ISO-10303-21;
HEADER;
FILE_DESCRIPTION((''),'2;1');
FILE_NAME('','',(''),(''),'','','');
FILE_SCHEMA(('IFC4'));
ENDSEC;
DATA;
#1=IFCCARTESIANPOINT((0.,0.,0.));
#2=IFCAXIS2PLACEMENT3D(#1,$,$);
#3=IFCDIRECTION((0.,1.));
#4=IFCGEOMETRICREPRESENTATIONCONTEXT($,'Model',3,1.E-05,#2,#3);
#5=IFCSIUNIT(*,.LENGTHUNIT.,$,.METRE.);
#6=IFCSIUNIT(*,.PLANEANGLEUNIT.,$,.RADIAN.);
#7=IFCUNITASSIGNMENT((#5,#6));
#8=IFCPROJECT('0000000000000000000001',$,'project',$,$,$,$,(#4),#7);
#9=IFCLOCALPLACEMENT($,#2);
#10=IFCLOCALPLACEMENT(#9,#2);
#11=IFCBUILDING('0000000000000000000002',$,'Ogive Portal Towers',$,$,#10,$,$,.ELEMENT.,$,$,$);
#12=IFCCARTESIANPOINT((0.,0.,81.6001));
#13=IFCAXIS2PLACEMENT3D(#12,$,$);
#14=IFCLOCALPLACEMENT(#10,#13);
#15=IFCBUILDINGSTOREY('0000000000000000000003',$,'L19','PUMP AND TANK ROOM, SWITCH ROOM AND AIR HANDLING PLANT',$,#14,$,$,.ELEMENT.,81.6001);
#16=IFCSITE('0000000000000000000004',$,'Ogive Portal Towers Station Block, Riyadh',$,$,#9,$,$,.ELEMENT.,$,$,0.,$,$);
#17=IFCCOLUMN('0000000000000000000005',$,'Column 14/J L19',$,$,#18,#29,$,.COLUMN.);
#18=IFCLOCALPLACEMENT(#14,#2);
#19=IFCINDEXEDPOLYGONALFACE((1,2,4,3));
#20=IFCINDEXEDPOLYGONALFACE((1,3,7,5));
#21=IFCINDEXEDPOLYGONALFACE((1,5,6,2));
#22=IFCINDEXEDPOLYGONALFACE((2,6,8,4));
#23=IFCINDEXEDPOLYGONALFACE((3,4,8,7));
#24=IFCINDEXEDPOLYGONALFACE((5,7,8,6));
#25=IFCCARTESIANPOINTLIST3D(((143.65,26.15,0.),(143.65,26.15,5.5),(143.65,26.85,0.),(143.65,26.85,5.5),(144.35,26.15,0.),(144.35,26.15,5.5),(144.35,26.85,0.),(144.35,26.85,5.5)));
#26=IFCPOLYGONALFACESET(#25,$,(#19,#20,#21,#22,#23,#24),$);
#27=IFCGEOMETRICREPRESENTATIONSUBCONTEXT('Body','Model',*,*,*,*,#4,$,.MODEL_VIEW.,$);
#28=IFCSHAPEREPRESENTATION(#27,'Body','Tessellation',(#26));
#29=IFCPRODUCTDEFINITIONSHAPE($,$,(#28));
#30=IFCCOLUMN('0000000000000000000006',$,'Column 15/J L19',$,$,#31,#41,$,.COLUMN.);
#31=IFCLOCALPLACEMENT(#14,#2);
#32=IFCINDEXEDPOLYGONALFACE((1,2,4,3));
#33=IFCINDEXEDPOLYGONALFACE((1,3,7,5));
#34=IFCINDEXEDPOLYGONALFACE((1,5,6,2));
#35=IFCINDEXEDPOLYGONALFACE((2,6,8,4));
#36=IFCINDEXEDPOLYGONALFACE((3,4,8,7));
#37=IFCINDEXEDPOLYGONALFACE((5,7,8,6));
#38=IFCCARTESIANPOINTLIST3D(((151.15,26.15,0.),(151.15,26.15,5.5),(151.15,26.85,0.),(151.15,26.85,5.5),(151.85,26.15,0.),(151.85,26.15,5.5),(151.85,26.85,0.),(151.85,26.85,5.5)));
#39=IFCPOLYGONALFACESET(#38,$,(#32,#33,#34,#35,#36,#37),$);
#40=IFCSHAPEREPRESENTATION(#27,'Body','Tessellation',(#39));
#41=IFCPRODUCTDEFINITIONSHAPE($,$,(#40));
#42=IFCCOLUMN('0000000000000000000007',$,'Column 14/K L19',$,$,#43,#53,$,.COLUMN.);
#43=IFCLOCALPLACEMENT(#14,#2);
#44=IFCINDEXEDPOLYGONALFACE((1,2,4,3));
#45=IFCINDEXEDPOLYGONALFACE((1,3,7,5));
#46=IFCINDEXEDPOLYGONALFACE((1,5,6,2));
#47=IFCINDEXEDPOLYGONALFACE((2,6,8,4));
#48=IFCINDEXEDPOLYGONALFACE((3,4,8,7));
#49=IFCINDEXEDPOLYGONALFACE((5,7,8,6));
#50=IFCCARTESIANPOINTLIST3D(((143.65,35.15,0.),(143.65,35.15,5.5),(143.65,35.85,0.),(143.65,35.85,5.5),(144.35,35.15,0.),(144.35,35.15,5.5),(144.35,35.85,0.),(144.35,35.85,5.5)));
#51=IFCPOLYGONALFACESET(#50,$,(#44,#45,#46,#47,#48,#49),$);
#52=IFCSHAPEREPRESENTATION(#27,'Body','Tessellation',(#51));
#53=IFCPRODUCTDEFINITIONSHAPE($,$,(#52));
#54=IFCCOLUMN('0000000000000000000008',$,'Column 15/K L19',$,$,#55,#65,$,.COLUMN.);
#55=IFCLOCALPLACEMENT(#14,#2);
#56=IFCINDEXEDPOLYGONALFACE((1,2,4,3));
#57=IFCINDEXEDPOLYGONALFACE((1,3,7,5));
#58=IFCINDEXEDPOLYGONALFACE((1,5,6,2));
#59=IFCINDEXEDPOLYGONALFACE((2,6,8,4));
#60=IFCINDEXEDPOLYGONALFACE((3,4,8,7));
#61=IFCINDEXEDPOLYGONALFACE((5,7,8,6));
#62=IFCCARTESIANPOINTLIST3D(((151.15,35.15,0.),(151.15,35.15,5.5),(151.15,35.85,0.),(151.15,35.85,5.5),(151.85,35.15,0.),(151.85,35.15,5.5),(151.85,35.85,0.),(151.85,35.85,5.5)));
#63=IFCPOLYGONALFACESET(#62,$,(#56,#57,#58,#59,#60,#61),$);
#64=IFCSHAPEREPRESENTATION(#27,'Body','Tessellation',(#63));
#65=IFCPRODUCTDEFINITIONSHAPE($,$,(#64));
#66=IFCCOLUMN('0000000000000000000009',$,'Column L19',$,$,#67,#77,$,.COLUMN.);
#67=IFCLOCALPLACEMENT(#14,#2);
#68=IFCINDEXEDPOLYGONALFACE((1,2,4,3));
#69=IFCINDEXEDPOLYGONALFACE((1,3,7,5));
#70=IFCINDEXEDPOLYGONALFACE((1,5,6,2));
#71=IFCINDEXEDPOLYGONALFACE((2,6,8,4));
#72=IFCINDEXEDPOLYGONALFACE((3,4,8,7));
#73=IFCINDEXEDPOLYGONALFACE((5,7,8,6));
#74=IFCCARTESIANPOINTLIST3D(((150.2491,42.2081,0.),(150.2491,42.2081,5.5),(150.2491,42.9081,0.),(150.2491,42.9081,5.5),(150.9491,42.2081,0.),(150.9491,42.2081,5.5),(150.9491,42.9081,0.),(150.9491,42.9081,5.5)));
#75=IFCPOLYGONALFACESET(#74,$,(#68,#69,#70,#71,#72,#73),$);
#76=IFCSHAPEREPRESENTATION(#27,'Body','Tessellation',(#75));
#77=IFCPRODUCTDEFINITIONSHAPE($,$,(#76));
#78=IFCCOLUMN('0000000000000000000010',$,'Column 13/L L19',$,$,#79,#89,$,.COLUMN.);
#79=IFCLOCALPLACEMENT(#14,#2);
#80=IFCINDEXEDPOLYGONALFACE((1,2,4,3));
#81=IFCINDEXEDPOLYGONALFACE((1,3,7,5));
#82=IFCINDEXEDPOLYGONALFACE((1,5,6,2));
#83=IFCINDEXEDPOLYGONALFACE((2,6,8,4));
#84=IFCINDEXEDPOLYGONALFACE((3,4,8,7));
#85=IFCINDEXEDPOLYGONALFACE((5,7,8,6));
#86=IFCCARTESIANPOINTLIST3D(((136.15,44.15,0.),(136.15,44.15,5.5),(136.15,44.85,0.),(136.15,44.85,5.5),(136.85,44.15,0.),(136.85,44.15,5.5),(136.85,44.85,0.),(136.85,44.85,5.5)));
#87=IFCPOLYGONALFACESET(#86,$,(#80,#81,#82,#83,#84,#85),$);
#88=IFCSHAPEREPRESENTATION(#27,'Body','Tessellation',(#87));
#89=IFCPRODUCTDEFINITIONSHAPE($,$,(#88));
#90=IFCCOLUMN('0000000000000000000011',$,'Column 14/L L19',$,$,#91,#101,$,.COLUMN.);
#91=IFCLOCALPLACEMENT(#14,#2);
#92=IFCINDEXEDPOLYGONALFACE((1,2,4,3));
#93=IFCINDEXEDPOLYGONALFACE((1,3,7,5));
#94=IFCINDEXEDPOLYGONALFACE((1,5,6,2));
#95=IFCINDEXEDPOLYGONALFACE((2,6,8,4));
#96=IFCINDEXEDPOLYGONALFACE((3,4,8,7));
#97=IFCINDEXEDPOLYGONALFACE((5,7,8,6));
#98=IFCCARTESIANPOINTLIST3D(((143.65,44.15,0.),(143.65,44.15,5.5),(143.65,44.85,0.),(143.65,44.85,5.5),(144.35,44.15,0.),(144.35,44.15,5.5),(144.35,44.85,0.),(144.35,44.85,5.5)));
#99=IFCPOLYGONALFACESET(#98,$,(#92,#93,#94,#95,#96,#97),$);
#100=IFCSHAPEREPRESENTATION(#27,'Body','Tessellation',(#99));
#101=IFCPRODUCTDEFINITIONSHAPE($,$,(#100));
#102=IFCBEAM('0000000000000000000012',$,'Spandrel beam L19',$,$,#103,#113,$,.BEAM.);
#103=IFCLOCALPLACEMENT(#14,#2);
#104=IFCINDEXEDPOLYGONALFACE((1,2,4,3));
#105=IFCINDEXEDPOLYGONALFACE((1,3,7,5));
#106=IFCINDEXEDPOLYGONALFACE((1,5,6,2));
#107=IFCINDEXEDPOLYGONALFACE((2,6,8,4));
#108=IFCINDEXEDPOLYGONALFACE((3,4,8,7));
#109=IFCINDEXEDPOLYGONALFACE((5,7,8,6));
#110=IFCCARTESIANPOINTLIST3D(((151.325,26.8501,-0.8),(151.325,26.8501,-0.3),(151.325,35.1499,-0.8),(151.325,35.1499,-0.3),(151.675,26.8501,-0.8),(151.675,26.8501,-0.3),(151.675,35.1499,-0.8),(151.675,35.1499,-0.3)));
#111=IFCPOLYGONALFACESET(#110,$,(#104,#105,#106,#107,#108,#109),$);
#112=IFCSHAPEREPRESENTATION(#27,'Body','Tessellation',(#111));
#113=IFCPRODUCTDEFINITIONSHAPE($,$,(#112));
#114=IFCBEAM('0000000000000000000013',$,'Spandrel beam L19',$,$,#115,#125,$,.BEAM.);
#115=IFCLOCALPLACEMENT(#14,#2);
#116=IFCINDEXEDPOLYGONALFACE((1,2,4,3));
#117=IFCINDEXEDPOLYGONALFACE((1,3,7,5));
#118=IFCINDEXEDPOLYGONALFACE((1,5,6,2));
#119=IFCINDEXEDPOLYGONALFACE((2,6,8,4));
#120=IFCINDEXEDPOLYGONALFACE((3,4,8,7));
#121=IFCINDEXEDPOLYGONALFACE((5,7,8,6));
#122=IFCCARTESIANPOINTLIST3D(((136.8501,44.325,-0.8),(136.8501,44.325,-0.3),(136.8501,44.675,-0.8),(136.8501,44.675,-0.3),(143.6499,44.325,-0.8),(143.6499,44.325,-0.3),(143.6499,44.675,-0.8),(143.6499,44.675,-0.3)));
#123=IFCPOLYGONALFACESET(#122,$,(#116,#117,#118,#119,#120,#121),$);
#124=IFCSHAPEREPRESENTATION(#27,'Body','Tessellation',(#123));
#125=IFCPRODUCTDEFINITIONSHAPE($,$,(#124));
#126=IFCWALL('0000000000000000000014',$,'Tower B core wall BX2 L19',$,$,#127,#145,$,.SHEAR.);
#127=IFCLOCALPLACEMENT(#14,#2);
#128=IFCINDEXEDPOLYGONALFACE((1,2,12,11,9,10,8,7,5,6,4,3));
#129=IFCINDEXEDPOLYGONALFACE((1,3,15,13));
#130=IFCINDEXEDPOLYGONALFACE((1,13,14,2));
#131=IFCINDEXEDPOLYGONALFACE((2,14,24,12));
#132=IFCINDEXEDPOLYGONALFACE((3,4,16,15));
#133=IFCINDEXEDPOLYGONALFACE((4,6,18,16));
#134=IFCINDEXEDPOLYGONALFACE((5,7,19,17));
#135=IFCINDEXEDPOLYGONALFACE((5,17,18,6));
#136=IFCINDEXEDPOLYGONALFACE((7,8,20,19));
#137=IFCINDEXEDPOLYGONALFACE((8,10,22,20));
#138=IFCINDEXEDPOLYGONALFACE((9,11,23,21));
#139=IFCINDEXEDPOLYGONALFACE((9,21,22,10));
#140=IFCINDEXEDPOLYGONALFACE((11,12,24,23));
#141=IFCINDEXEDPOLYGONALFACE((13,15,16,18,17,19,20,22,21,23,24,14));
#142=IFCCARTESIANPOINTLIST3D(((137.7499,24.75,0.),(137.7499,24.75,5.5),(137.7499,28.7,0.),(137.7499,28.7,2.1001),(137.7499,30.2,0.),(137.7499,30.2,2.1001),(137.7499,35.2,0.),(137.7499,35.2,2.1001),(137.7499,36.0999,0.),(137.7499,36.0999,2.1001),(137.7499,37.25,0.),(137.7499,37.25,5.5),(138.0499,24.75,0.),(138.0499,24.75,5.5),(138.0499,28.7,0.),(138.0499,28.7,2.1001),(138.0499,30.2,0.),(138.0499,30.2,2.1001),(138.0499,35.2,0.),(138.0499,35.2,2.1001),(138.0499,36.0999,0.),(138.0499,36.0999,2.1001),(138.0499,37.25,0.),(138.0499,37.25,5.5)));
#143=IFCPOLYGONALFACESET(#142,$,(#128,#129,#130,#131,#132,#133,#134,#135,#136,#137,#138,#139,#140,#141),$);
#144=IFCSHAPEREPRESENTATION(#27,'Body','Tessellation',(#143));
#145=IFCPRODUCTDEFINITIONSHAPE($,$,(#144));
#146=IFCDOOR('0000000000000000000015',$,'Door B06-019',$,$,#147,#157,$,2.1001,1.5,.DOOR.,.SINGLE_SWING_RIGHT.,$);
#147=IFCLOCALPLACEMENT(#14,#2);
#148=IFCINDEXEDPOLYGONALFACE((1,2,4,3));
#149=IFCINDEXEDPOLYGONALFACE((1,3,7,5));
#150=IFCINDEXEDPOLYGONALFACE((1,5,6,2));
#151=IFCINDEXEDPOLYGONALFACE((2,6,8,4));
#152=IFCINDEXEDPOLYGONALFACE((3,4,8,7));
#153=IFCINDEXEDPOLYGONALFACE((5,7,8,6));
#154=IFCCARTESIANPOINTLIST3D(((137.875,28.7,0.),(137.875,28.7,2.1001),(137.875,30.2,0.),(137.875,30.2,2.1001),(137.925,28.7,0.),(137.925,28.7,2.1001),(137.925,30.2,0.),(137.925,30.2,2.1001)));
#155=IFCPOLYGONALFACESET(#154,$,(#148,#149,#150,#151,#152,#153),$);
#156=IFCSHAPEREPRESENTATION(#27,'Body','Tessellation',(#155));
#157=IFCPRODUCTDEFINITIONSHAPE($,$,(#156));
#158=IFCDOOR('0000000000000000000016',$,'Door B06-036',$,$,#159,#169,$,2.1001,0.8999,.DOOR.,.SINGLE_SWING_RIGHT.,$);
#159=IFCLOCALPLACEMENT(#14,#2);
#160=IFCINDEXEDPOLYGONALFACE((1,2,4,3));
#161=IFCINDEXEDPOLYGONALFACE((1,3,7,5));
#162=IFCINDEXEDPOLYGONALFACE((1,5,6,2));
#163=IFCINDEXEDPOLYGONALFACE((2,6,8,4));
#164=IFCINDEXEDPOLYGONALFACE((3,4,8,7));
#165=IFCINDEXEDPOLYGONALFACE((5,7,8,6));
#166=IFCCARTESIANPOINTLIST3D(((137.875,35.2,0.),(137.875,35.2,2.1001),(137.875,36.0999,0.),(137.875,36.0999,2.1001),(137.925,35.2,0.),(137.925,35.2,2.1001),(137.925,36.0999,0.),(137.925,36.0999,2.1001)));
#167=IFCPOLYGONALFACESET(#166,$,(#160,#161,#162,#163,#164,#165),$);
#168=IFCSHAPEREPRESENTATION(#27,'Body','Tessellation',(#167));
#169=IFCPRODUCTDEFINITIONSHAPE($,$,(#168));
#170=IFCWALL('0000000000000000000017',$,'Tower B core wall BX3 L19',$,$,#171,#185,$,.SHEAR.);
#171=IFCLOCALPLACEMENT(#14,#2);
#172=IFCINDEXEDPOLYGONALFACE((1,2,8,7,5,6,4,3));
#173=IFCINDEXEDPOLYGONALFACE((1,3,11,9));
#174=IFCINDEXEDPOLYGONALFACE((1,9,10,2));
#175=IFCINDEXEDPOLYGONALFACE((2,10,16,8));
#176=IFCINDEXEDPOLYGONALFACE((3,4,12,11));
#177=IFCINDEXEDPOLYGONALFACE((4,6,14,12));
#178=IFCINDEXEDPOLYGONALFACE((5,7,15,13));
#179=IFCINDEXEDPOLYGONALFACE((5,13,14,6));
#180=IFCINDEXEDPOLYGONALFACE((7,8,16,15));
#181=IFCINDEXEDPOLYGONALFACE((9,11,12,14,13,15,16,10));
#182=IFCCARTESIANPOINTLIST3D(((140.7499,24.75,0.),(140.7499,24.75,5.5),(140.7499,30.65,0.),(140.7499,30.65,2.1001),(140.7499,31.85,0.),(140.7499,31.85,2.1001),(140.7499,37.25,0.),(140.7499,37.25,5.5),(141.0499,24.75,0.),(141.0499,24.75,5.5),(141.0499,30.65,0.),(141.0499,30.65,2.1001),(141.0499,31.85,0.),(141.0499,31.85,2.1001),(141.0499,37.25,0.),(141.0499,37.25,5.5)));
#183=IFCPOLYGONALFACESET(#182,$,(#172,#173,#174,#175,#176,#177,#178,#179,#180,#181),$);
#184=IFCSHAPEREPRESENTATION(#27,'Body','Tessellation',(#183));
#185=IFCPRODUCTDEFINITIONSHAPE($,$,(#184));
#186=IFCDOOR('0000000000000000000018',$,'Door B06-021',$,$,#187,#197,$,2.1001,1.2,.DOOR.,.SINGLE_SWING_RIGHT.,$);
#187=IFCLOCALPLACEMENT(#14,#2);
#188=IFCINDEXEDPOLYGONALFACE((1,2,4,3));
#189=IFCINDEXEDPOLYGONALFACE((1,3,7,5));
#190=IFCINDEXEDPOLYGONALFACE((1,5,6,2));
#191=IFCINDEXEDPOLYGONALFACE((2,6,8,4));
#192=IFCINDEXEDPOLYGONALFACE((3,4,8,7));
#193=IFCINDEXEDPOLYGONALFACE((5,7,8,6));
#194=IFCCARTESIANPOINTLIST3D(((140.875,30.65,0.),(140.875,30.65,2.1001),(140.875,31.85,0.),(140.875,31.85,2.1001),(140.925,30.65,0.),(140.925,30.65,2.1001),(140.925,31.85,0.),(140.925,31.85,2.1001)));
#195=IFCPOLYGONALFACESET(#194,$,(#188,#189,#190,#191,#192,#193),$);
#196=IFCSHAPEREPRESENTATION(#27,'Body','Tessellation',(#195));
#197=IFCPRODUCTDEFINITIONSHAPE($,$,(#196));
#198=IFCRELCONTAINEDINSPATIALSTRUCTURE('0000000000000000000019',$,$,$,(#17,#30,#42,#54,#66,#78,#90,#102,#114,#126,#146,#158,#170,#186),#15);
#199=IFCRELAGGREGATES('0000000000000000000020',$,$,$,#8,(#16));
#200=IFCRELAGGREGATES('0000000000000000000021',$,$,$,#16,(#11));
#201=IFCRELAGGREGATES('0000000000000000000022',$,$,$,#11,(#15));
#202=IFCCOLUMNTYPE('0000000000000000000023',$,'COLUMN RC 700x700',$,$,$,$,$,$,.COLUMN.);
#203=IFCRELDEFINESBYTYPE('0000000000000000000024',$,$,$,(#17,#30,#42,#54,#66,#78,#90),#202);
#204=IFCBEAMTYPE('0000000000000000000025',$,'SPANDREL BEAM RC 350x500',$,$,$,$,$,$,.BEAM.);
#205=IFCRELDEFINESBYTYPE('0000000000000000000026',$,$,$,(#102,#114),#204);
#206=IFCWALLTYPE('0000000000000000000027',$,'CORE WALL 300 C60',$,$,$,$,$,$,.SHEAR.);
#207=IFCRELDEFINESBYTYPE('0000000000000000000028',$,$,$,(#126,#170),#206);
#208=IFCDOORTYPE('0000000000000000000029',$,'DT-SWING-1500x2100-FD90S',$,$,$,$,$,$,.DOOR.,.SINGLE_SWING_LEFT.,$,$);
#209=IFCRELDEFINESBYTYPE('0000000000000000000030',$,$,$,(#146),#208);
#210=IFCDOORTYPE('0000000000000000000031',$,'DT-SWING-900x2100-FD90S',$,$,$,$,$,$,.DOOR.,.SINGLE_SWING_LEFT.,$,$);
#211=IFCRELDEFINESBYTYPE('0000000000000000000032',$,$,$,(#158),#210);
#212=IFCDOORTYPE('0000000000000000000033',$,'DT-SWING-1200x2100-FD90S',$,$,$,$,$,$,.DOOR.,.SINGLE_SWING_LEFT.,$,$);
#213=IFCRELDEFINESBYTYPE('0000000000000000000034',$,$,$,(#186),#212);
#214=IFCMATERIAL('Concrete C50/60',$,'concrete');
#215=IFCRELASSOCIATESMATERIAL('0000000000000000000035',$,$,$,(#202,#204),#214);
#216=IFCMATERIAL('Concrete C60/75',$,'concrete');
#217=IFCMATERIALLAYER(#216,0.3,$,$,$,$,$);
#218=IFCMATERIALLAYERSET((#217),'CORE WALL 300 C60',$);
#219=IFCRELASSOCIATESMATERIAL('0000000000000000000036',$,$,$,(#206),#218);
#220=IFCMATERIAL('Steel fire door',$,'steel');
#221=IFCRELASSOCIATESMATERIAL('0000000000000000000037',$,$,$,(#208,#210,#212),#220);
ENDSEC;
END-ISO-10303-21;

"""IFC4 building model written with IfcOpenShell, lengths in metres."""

from ifc_helpers import new_model, si_unit, direction, frame, frame_2d, origin, origin_2d, place, context, subcontext, project, spatial, rectangle, extrude, material, layer, layer_set, material_profile, profile_set, type_object, element, fill, save


model = new_model("IFC4")

# Units and contexts
model_context = context("Model", 3, precision=1e-05, world=origin(), true_north=direction((0.0, 1.0)))
body_context = subcontext(model_context, "Body", "Model", "MODEL_VIEW")
ifc_project = project(units=[si_unit("LENGTHUNIT", "METRE"), si_unit("PLANEANGLEUNIT", "RADIAN")], contexts=[model_context])

# Site, building, storey
site_placement = place(None, origin())
site = spatial("IfcSite", under=ifc_project, at=site_placement, Name="Ogive Portal Towers Station Block, Riyadh", CompositionType="ELEMENT", RefElevation=0.0)
building_placement = place(site_placement, origin())
building = spatial("IfcBuilding", under=site, at=building_placement, Name="Ogive Portal Towers", CompositionType="ELEMENT")
storey_placement = place(building_placement, frame((0.0, 0.0, 81.6001)))
storey = spatial("IfcBuildingStorey", under=building, at=storey_placement, Name="L19", Description="PUMP AND TANK ROOM, SWITCH ROOM AND AIR HANDLING PLANT", CompositionType="ELEMENT", Elevation=81.6001)

# Columns
ifc_material_1 = material(Name="Concrete C50/60", Category="concrete")
ifc_material_profile_1 = material_profile(ifc_material_1, rectangle(XDim=0.7, YDim=0.7, at=origin_2d()), Name="RC 700x700")
ifc_profile_set_1 = profile_set([ifc_material_profile_1], Name="Concrete C50/60")
column_type = type_object("IfcColumnType", Name="COLUMN RC 700x700", PredefinedType="COLUMN", material=ifc_profile_set_1)
for number, where, z_axis, x_axis, name in (
    (1, (144.0, 26.5, 0.0), (0.0, 0.0, 1.0), (1.0, 0.0, 0.0), "Column 14/J L19"),
    (2, (151.5, 26.5, 0.0), (0.0, 0.0, 1.0), (1.0, 0.0, 0.0), "Column 15/J L19"),
    (3, (144.0, 35.5, 0.0), (0.0, 0.0, 1.0), (1.0, 0.0, 0.0), "Column 14/K L19"),
    (4, (151.5, 35.5, 0.0), (0.0, 0.0, 1.0), (1.0, 0.0, 0.0), "Column 15/K L19"),
    (5, (150.5991, 42.5581, 0.0), (0.0, 0.0, 1.0), (1.0, 0.0, 0.0), "Column L19"),
    (6, (136.5, 44.5, 0.0), (0.0, 0.0, 1.0), (1.0, 0.0, 0.0), "Column 13/L L19"),
    (7, (144.0, 44.5, 0.0), (0.0, 0.0, 1.0), (1.0, 0.0, 0.0), "Column 14/L L19"),
):
    element("IfcColumn", number, at=place(storey_placement, frame(where, z_axis=z_axis, x_axis=x_axis)), inside=storey, type_object=column_type, Name=name, PredefinedType="COLUMN", context=body_context, shape_type="SweptSolid", body=[
        extrude(rectangle(XDim=0.7, YDim=0.7, at=origin_2d()), origin(), (0.0, 0.0, 1.0), 5.5),
    ])

# Beams
ifc_material_profile_2 = material_profile(ifc_material_1, rectangle(XDim=0.3501, YDim=0.5, at=origin_2d()), Name="RC 350x500")
ifc_profile_set_2 = profile_set([ifc_material_profile_2], Name="Concrete C50/60")
beam_type = type_object("IfcBeamType", Name="SPANDREL BEAM RC 350x500", PredefinedType="BEAM", material=ifc_profile_set_2)
beam_1_placement = place(storey_placement, frame((151.5, 26.8501, -0.55), z_axis=(0.0, 1.0, 0.0), x_axis=(-1.0, 0.0, 0.0)))
element("IfcBeam", 8, at=beam_1_placement, inside=storey, type_object=beam_type, Name="Spandrel beam L19", PredefinedType="BEAM", context=body_context, shape_type="SweptSolid", body=[
    extrude(rectangle(XDim=0.3501, YDim=0.5, at=origin_2d()), origin(), (0.0, 0.0, 1.0), 8.2998),
])
beam_2_placement = place(storey_placement, frame((143.6499, 44.5, -0.55), z_axis=(-1.0, 0.0, 0.0), x_axis=(0.0, -1.0, 0.0)))
element("IfcBeam", 9, at=beam_2_placement, inside=storey, type_object=beam_type, Name="Spandrel beam L19", PredefinedType="BEAM", context=body_context, shape_type="SweptSolid", body=[
    extrude(rectangle(XDim=0.3501, YDim=0.5, at=origin_2d()), origin(), (0.0, 0.0, 1.0), 6.7998),
])

# Wall, openings, doors
ifc_material_2 = material(Name="Concrete C60/75", Category="concrete")
ifc_layer_1 = layer(ifc_material_2, 0.3)
ifc_layer_set_1 = layer_set([ifc_layer_1], Name="CORE WALL 300 C60")
wall_type_1 = type_object("IfcWallType", Name="CORE WALL 300 C60", PredefinedType="SHEAR", material=ifc_layer_set_1)
wall_1_placement = place(storey_placement, frame((137.8999, 24.75, 0.0), z_axis=(0.0, 0.0, 1.0), x_axis=(0.0, 1.0, 0.0)))
wall_1 = element("IfcWall", 10, at=wall_1_placement, inside=storey, type_object=wall_type_1, Name="Tower B core wall BX2 L19", PredefinedType="SHEAR", context=body_context, shape_type="SweptSolid", body=[
    extrude(rectangle(XDim=12.5, YDim=0.3, at=frame_2d((6.25, 0.0))), origin(), (0.0, 0.0, 1.0), 5.5),
])
opening_1_placement = place(wall_1_placement, frame((3.95, 0.0, 0.0)))
opening_1 = element("IfcOpeningElement", 11, at=opening_1_placement, cuts=wall_1, PredefinedType="OPENING", context=body_context, shape_type="SweptSolid", body=[
    extrude(rectangle(XDim=1.5, YDim=2.1001, at=frame_2d((0.75, 1.05))), frame((0.0, 0.1602, 0.0), z_axis=(0.0, -1.0, 0.0), x_axis=(1.0, 0.0, 0.0)), (0.0, 0.0, 1.0), 0.3201),
])
opening_2_placement = place(wall_1_placement, frame((10.45, 0.0, 0.0)))
opening_2 = element("IfcOpeningElement", 12, at=opening_2_placement, cuts=wall_1, PredefinedType="OPENING", context=body_context, shape_type="SweptSolid", body=[
    extrude(rectangle(XDim=0.8999, YDim=2.1001, at=frame_2d((0.45, 1.05))), frame((0.0, 0.1602, 0.0), z_axis=(0.0, -1.0, 0.0), x_axis=(1.0, 0.0, 0.0)), (0.0, 0.0, 1.0), 0.3201),
])
ifc_material_3 = material(Name="Steel fire door", Category="steel")
door_type_1 = type_object("IfcDoorType", Name="DT-SWING-1500x2100-FD90S", OperationType="SINGLE_SWING_LEFT", PredefinedType="DOOR", material=ifc_material_3)
door_1_placement = place(opening_1_placement, origin())
door_1 = element("IfcDoor", 13, at=door_1_placement, inside=storey, type_object=door_type_1, Name="Door B06-019", OperationType="SINGLE_SWING_RIGHT", OverallHeight=2.1001, OverallWidth=1.5, PredefinedType="DOOR", context=body_context, shape_type="SweptSolid", body=[
    extrude(rectangle(XDim=1.5, YDim=2.1001, at=frame_2d((0.75, 1.05))), frame((0.0, 0.0249, 0.0), z_axis=(0.0, -1.0, 0.0), x_axis=(1.0, 0.0, 0.0)), (0.0, 0.0, 1.0), 0.05),
])
fill(opening_1, door_1)
door_type_2 = type_object("IfcDoorType", Name="DT-SWING-900x2100-FD90S", OperationType="SINGLE_SWING_LEFT", PredefinedType="DOOR", material=ifc_material_3)
door_2_placement = place(opening_2_placement, origin())
door_2 = element("IfcDoor", 14, at=door_2_placement, inside=storey, type_object=door_type_2, Name="Door B06-036", OperationType="SINGLE_SWING_RIGHT", OverallHeight=2.1001, OverallWidth=0.8999, PredefinedType="DOOR", context=body_context, shape_type="SweptSolid", body=[
    extrude(rectangle(XDim=0.8999, YDim=2.1001, at=frame_2d((0.45, 1.05))), frame((0.0, 0.0249, 0.0), z_axis=(0.0, -1.0, 0.0), x_axis=(1.0, 0.0, 0.0)), (0.0, 0.0, 1.0), 0.05),
])
fill(opening_2, door_2)

# Wall, opening, door
wall_2_placement = place(storey_placement, frame((140.8999, 24.75, 0.0), z_axis=(0.0, 0.0, 1.0), x_axis=(0.0, 1.0, 0.0)))
wall_2 = element("IfcWall", 15, at=wall_2_placement, inside=storey, type_object=wall_type_1, Name="Tower B core wall BX3 L19", PredefinedType="SHEAR", context=body_context, shape_type="SweptSolid", body=[
    extrude(rectangle(XDim=12.5, YDim=0.3, at=frame_2d((6.25, 0.0))), origin(), (0.0, 0.0, 1.0), 5.5),
])
opening_3_placement = place(wall_2_placement, frame((5.8999, 0.0, 0.0)))
opening_3 = element("IfcOpeningElement", 16, at=opening_3_placement, cuts=wall_2, PredefinedType="OPENING", context=body_context, shape_type="SweptSolid", body=[
    extrude(rectangle(XDim=1.2, YDim=2.1001, at=frame_2d((0.6001, 1.05))), frame((0.0, 0.1602, 0.0), z_axis=(0.0, -1.0, 0.0), x_axis=(1.0, 0.0, 0.0)), (0.0, 0.0, 1.0), 0.3201),
])
door_type_3 = type_object("IfcDoorType", Name="DT-SWING-1200x2100-FD90S", OperationType="SINGLE_SWING_LEFT", PredefinedType="DOOR", material=ifc_material_3)
door_3_placement = place(opening_3_placement, origin())
door_3 = element("IfcDoor", 17, at=door_3_placement, inside=storey, type_object=door_type_3, Name="Door B06-021", OperationType="SINGLE_SWING_RIGHT", OverallHeight=2.1001, OverallWidth=1.2, PredefinedType="DOOR", context=body_context, shape_type="SweptSolid", body=[
    extrude(rectangle(XDim=1.2, YDim=2.1001, at=frame_2d((0.6001, 1.05))), frame((0.0, 0.0249, 0.0), z_axis=(0.0, -1.0, 0.0), x_axis=(1.0, 0.0, 0.0)), (0.0, 0.0, 1.0), 0.05),
])
fill(opening_3, door_3)

save(model, "model.ifc")
